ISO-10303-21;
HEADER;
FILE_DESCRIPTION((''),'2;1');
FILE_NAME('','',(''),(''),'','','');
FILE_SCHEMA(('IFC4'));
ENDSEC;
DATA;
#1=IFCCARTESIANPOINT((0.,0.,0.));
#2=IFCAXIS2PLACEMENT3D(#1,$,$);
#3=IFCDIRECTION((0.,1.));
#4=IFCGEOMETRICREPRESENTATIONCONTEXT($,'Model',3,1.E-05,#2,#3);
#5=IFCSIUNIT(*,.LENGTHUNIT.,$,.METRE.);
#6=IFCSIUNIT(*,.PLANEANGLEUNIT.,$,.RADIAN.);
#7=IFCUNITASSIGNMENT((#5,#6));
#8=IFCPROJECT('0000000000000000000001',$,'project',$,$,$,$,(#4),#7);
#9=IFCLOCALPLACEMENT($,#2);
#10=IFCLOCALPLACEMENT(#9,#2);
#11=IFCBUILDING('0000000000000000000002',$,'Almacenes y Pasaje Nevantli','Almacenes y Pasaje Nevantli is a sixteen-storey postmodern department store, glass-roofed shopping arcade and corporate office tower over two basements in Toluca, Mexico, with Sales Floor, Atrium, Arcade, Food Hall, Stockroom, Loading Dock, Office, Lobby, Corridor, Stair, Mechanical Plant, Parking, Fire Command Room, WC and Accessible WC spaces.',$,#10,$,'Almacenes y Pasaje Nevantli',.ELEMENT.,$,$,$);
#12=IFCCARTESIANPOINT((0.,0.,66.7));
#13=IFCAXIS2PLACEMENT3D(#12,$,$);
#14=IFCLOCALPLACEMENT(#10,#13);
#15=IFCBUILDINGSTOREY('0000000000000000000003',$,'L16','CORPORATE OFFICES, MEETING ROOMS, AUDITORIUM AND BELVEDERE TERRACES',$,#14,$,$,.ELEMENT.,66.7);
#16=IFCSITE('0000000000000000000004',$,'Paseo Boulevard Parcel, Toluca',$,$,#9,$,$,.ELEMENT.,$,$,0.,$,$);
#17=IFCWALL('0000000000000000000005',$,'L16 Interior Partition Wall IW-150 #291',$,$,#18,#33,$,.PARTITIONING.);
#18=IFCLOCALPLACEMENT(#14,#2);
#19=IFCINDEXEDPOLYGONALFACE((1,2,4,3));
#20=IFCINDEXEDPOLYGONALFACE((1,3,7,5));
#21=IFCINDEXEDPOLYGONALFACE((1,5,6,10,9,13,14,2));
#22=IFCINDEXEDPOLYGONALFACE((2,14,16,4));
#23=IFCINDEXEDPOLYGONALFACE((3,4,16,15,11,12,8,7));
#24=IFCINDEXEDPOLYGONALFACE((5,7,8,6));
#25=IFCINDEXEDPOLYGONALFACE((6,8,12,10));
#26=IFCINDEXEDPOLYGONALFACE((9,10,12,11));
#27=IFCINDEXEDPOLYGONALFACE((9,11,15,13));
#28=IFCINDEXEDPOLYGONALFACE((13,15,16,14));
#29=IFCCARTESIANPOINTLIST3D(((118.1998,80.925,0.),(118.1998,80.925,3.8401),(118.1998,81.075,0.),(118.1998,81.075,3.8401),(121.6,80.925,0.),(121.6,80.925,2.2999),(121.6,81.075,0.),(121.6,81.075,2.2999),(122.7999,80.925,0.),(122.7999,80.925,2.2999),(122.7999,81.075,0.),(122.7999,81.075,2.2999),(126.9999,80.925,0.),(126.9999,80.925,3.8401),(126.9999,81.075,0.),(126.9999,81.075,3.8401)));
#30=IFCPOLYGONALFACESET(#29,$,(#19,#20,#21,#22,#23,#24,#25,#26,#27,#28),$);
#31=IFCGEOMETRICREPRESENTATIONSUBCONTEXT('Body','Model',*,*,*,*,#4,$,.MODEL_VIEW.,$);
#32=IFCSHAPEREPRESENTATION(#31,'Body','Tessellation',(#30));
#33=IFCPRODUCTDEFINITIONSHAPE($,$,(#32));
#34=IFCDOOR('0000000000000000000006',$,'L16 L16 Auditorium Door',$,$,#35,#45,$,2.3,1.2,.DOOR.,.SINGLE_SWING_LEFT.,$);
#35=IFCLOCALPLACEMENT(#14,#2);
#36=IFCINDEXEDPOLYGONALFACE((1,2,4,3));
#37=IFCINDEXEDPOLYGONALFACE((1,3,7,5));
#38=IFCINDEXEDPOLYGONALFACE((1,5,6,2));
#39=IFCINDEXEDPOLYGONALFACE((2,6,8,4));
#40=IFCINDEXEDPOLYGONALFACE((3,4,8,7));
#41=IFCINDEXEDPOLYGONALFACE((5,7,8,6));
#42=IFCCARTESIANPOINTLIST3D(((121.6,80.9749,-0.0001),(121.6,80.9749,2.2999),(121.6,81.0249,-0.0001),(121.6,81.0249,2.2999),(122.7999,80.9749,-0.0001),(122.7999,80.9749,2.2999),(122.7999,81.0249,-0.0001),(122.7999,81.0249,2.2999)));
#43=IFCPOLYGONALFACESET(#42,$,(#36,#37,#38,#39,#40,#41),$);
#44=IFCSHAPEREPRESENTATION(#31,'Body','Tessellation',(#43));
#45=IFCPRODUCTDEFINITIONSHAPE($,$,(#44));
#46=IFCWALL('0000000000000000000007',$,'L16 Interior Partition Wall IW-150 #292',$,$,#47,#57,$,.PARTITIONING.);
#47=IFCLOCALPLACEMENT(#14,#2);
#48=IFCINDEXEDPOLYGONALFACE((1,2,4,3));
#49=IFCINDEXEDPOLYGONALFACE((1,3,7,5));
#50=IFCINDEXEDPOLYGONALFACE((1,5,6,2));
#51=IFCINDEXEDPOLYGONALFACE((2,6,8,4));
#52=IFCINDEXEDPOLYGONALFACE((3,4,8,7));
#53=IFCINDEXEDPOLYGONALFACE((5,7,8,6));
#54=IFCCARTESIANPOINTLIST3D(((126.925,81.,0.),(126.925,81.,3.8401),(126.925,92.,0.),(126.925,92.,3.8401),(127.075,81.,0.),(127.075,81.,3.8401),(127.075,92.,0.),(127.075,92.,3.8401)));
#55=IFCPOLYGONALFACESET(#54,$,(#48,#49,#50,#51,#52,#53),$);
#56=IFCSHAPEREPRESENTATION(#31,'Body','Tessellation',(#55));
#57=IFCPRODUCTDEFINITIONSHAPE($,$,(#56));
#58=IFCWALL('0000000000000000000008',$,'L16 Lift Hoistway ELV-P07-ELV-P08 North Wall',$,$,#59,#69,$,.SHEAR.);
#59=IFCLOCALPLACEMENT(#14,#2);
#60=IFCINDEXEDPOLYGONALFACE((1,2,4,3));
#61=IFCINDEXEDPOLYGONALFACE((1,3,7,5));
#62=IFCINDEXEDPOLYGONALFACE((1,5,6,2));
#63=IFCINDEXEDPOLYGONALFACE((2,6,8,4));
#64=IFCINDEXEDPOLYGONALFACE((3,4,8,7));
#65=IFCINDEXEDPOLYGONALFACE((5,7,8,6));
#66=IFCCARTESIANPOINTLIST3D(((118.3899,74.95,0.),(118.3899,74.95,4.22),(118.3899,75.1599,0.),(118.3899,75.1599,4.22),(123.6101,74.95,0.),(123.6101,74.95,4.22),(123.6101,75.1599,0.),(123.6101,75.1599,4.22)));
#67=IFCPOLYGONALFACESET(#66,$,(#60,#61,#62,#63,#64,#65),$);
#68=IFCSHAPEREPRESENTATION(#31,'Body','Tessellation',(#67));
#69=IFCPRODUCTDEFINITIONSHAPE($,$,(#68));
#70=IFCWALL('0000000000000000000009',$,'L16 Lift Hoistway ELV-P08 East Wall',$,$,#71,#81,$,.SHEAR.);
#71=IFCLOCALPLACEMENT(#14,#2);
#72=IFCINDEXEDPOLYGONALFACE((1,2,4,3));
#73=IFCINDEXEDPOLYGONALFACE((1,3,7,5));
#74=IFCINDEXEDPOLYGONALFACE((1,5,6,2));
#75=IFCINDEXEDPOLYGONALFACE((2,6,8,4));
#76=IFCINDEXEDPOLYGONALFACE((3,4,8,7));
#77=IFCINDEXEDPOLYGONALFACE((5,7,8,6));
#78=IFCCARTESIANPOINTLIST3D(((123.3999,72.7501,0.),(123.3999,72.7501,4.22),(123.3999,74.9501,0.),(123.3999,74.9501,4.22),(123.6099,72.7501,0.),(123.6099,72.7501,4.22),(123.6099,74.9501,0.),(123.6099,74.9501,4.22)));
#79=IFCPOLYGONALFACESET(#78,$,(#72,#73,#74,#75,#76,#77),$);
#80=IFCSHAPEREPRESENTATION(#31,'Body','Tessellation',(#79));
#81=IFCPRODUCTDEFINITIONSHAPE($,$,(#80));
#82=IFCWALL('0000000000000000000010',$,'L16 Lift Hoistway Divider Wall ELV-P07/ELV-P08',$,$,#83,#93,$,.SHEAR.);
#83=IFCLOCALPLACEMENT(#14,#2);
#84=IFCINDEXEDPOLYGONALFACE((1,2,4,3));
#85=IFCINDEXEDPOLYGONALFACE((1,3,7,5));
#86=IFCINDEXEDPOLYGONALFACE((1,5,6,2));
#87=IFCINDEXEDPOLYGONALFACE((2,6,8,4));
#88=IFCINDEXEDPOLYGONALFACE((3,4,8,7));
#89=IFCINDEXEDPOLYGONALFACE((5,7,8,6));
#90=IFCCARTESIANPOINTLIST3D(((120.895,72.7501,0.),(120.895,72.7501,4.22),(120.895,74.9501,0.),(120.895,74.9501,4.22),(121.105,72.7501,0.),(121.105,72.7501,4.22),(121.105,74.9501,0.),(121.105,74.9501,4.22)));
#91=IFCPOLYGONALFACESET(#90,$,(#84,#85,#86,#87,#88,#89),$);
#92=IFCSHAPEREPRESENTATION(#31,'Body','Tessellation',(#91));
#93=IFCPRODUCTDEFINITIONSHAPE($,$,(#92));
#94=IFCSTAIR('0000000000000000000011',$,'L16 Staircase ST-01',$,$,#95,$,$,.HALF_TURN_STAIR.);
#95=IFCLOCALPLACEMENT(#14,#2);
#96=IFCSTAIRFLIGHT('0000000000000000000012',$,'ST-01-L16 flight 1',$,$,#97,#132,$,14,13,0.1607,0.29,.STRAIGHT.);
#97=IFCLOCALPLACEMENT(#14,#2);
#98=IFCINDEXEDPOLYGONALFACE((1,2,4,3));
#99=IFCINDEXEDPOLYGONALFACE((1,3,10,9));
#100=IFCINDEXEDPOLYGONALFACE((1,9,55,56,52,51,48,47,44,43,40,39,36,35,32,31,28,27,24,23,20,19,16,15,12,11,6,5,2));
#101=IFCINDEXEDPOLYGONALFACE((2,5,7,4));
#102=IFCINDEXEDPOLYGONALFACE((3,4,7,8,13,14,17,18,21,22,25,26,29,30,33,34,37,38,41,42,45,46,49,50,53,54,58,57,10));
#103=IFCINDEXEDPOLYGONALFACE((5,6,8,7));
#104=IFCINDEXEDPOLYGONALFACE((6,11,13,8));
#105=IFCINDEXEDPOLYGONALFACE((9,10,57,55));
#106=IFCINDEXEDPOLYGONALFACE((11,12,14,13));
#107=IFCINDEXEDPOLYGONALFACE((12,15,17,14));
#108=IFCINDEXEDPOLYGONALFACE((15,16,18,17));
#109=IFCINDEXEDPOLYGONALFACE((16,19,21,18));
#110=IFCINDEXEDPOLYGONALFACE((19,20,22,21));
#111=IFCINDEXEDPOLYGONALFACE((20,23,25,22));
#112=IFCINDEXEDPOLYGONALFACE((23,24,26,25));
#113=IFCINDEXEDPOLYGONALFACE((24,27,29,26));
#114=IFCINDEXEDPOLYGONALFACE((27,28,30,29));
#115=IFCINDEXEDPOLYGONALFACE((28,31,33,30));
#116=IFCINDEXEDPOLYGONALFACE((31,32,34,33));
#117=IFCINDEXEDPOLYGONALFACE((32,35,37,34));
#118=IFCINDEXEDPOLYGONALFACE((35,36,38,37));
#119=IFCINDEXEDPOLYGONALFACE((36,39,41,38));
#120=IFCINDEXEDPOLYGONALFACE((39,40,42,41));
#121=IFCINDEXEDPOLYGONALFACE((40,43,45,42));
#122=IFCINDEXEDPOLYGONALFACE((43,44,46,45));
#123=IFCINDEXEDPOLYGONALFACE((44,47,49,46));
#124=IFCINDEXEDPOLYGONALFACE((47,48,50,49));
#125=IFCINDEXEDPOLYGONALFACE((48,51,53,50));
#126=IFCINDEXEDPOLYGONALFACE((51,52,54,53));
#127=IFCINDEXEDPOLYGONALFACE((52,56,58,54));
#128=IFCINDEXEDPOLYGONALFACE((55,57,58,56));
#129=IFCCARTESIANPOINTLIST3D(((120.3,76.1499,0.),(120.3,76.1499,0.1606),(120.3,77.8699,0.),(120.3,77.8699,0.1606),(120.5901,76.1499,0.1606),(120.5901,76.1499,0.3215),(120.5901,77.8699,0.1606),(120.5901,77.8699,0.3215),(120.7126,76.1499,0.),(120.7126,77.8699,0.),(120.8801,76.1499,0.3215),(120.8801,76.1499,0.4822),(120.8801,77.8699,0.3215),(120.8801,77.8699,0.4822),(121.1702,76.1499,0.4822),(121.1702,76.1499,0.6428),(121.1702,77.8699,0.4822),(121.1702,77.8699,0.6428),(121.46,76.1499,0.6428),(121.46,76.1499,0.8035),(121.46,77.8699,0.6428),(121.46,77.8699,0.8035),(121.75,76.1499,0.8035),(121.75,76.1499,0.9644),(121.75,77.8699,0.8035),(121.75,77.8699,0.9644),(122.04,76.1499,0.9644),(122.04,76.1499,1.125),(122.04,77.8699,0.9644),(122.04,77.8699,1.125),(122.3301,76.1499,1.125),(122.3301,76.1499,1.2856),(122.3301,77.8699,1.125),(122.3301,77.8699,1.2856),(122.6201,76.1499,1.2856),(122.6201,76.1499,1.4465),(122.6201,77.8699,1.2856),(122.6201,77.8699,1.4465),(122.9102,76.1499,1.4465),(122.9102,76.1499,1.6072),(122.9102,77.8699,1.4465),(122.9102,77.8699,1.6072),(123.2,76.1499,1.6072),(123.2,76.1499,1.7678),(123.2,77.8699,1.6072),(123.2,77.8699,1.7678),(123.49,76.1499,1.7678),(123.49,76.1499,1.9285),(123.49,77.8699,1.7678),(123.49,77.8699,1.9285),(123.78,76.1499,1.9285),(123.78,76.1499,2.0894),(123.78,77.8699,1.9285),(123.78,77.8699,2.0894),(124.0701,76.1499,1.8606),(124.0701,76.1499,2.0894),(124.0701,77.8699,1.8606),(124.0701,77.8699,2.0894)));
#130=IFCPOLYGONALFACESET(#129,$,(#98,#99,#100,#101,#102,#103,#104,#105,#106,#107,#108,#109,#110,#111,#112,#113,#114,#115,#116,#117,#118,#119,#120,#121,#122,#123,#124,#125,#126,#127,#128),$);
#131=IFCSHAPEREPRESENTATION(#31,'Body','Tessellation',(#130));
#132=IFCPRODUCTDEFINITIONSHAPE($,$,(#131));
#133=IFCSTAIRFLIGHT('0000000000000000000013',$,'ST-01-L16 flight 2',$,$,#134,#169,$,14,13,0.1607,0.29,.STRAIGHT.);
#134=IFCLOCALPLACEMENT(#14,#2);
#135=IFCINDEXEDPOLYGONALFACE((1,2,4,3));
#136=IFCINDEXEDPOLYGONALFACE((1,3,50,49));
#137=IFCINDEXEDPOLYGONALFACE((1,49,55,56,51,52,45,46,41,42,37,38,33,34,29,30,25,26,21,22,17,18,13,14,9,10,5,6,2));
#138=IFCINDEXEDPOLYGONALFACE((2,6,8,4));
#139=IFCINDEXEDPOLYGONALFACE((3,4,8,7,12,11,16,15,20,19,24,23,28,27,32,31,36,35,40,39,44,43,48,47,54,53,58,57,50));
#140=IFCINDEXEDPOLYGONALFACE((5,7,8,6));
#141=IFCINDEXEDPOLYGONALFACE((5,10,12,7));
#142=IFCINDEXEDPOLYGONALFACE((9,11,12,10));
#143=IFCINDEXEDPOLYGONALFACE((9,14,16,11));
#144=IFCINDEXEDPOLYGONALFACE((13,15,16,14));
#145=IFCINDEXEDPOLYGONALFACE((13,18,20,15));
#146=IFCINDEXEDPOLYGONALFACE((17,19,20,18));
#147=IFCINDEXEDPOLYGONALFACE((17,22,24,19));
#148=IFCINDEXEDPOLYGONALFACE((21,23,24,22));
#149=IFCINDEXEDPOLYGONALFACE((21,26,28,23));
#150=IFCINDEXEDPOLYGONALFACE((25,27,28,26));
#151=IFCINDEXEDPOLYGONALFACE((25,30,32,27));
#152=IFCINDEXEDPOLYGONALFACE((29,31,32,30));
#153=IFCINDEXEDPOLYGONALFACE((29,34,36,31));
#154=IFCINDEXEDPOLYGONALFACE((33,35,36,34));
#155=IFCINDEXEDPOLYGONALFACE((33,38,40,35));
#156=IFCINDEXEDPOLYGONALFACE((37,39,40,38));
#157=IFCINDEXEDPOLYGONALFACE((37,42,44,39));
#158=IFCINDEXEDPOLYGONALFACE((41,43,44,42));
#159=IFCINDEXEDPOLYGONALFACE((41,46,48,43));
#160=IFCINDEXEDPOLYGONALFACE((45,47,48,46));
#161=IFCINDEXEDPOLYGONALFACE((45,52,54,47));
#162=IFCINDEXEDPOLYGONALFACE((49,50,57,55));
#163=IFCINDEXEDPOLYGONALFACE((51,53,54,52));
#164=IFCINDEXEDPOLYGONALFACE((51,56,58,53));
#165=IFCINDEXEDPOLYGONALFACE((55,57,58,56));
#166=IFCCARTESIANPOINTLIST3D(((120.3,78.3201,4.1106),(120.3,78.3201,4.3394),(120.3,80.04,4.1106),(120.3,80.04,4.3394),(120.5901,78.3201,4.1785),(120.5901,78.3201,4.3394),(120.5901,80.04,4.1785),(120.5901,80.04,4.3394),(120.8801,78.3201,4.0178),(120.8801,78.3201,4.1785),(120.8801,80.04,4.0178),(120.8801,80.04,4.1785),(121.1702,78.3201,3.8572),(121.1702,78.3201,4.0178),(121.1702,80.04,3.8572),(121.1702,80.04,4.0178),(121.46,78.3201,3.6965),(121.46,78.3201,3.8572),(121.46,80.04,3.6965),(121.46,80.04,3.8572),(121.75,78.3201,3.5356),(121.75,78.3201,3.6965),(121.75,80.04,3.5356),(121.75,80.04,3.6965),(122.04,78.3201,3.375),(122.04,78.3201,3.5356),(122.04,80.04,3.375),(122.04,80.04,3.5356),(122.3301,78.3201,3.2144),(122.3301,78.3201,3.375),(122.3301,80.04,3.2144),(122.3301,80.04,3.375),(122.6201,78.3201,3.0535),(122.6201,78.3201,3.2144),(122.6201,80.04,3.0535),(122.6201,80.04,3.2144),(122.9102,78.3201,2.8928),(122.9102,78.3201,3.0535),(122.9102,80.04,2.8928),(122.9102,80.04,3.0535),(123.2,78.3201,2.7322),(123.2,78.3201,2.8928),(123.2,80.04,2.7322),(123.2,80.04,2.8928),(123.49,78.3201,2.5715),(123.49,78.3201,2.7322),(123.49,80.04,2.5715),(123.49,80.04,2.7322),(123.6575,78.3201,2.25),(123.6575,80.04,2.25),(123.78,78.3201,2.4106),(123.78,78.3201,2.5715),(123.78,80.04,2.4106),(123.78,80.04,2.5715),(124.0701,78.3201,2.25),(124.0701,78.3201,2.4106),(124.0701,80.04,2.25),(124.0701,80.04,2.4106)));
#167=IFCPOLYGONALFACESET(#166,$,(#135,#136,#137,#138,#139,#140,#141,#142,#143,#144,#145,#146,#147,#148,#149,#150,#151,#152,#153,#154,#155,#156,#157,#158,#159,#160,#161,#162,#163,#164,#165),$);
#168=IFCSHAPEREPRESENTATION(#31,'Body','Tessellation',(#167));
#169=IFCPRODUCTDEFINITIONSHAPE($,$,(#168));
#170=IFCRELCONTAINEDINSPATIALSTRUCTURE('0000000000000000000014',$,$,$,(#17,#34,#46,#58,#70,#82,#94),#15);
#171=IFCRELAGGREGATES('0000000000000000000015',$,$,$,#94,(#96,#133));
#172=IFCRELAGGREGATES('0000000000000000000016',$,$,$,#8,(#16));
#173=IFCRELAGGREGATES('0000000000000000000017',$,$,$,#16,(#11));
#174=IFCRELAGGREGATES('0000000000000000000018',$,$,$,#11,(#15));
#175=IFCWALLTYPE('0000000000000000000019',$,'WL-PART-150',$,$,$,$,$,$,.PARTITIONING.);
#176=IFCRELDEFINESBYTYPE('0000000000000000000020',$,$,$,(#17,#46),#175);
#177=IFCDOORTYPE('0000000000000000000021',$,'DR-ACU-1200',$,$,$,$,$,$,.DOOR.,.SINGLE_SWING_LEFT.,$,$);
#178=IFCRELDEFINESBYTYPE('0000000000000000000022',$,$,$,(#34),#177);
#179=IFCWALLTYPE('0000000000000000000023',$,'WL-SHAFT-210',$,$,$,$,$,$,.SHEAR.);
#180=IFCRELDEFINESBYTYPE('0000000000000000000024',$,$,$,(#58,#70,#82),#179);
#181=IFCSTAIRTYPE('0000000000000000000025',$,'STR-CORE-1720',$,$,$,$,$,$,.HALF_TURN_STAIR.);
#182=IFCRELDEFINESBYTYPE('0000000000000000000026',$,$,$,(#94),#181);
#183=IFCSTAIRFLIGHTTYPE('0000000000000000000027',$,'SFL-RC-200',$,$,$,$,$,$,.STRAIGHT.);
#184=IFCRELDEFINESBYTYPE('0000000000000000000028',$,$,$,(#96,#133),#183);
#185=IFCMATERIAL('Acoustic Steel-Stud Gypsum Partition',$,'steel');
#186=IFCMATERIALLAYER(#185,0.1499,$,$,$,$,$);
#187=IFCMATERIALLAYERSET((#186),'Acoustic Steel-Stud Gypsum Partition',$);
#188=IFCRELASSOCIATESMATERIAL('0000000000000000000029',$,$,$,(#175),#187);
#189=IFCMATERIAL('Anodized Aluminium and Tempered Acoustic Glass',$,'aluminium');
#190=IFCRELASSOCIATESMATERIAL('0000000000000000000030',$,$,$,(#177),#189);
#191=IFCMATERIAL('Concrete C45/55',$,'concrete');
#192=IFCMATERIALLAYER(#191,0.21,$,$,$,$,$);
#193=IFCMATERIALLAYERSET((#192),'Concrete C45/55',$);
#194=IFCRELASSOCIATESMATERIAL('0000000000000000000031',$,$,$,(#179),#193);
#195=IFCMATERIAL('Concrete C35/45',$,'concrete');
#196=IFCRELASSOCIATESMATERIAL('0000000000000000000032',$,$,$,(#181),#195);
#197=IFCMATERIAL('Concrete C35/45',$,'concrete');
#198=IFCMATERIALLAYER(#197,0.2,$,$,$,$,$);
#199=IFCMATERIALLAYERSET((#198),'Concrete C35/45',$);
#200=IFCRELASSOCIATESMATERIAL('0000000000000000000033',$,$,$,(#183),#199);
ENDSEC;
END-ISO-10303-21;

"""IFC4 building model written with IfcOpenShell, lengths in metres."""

from ifc_helpers import new_model, si_unit, direction, frame, frame_2d, origin, place, context, subcontext, project, spatial, polyline, rectangle, outline, extrude, material, layer, layer_set, type_object, element, fill, aggregate, save


model = new_model("IFC4")

# Units and contexts
model_context = context("Model", 3, precision=1e-05, world=origin(), true_north=direction((0.0, 1.0)))
body_context = subcontext(model_context, "Body", "Model", "MODEL_VIEW")
ifc_project = project(units=[si_unit("LENGTHUNIT", "METRE"), si_unit("PLANEANGLEUNIT", "RADIAN")], contexts=[model_context])

# Site, building, storey
site_placement = place(None, origin())
site = spatial("IfcSite", under=ifc_project, at=site_placement, Name="Paseo Boulevard Parcel, Toluca", CompositionType="ELEMENT", RefElevation=0.0)
building_placement = place(site_placement, origin())
building = spatial("IfcBuilding", under=site, at=building_placement, Name="Almacenes y Pasaje Nevantli", Description="Almacenes y Pasaje Nevantli is a sixteen-storey postmodern department store, glass-roofed shopping arcade and corporate office tower over two basements in Toluca, Mexico, with Sales Floor, Atrium, Arcade, Food Hall, Stockroom, Loading Dock, Office, Lobby, Corridor, Stair, Mechanical Plant, Parking, Fire Command Room, WC and Accessible WC spaces.", LongName="Almacenes y Pasaje Nevantli", CompositionType="ELEMENT")
storey_placement = place(building_placement, frame((0.0, 0.0, 66.7)))
storey = spatial("IfcBuildingStorey", under=building, at=storey_placement, Name="L16", Description="CORPORATE OFFICES, MEETING ROOMS, AUDITORIUM AND BELVEDERE TERRACES", CompositionType="ELEMENT", Elevation=66.7)

# Wall, opening, door
ifc_material_1 = material(Name="Acoustic Steel-Stud Gypsum Partition", Category="steel")
ifc_layer_1 = layer(ifc_material_1, 0.1499)
ifc_layer_set_1 = layer_set([ifc_layer_1], Name="Acoustic Steel-Stud Gypsum Partition")
wall_type_1 = type_object("IfcWallType", Name="WL-PART-150", PredefinedType="PARTITIONING", material=ifc_layer_set_1)
wall_1_placement = place(storey_placement, frame((118.2, 81.0, 0.0), z_axis=(0.0, 0.0, 1.0), x_axis=(1.0, 0.0, 0.0)))
wall_1 = element("IfcWall", 1, at=wall_1_placement, inside=storey, type_object=wall_type_1, Name="L16 Interior Partition Wall IW-150 #291", PredefinedType="PARTITIONING", context=body_context, shape_type="SweptSolid", body=[
    extrude(rectangle(XDim=8.8, YDim=0.1499, at=frame_2d((4.3999, 0.0))), origin(), (0.0, 0.0, 1.0), 3.8401),
])
opening_1_placement = place(wall_1_placement, frame((3.3999, 0.0, 0.0)))
opening_1 = element("IfcOpeningElement", 2, at=opening_1_placement, cuts=wall_1, PredefinedType="OPENING", context=body_context, shape_type="SweptSolid", body=[
    extrude(rectangle(XDim=1.2, YDim=2.3, at=frame_2d((0.6001, 1.1499))), frame((0.0, 0.085, 0.0), z_axis=(0.0, -1.0, 0.0), x_axis=(1.0, 0.0, 0.0)), (0.0, 0.0, 1.0), 0.1699),
])
ifc_material_2 = material(Name="Anodized Aluminium and Tempered Acoustic Glass", Category="aluminium")
door_type = type_object("IfcDoorType", Name="DR-ACU-1200", OperationType="SINGLE_SWING_LEFT", PredefinedType="DOOR", material=ifc_material_2)
door_placement = place(opening_1_placement, origin())
door = element("IfcDoor", 3, at=door_placement, inside=storey, type_object=door_type, Name="L16 L16 Auditorium Door", OperationType="SINGLE_SWING_LEFT", OverallHeight=2.3, OverallWidth=1.2, PredefinedType="DOOR", context=body_context, shape_type="SweptSolid", body=[
    extrude(rectangle(XDim=1.2, YDim=2.3, at=frame_2d((0.6001, 1.1499))), frame((0.0, 0.0249, 0.0), z_axis=(0.0, -1.0, 0.0), x_axis=(1.0, 0.0, 0.0)), (0.0, 0.0, 1.0), 0.05),
])
fill(opening_1, door)

# Walls
wall_2_placement = place(storey_placement, frame((127.0, 81.0, 0.0), z_axis=(0.0, 0.0, 1.0), x_axis=(0.0, 1.0, 0.0)))
element("IfcWall", 4, at=wall_2_placement, inside=storey, type_object=wall_type_1, Name="L16 Interior Partition Wall IW-150 #292", PredefinedType="PARTITIONING", context=body_context, shape_type="SweptSolid", body=[
    extrude(rectangle(XDim=11.0, YDim=0.1499, at=frame_2d((5.5, 0.0))), origin(), (0.0, 0.0, 1.0), 3.8401),
])
ifc_material_3 = material(Name="Concrete C45/55", Category="concrete")
ifc_layer_2 = layer(ifc_material_3, 0.21)
ifc_layer_set_2 = layer_set([ifc_layer_2], Name="Concrete C45/55")
wall_type_2 = type_object("IfcWallType", Name="WL-SHAFT-210", PredefinedType="SHEAR", material=ifc_layer_set_2)
wall_3_placement = place(storey_placement, frame((118.3899, 75.0549, 0.0), z_axis=(0.0, 0.0, 1.0), x_axis=(1.0, 0.0, 0.0)))
element("IfcWall", 5, at=wall_3_placement, inside=storey, type_object=wall_type_2, Name="L16 Lift Hoistway ELV-P07-ELV-P08 North Wall", PredefinedType="SHEAR", context=body_context, shape_type="SweptSolid", body=[
    extrude(rectangle(XDim=5.2202, YDim=0.21, at=frame_2d((2.6101, 0.0))), origin(), (0.0, 0.0, 1.0), 4.22),
])
for number, where, z_axis, x_axis, name in (
    (6, (123.5049, 72.75, 0.0), (0.0, 0.0, 1.0), (0.0, 1.0, 0.0), "L16 Lift Hoistway ELV-P08 East Wall"),
    (7, (121.0, 72.75, 0.0), (0.0, 0.0, 1.0), (0.0, 1.0, 0.0), "L16 Lift Hoistway Divider Wall ELV-P07/ELV-P08"),
):
    element("IfcWall", number, at=place(storey_placement, frame(where, z_axis=z_axis, x_axis=x_axis)), inside=storey, type_object=wall_type_2, Name=name, PredefinedType="SHEAR", context=body_context, shape_type="SweptSolid", body=[
        extrude(rectangle(XDim=2.2, YDim=0.21, at=frame_2d((1.1001, 0.0))), origin(), (0.0, 0.0, 1.0), 4.22),
    ])

# Stair, stair flights
ifc_material_4 = material(Name="Concrete C35/45", Category="concrete")
stair_type = type_object("IfcStairType", Name="STR-CORE-1720", PredefinedType="HALF_TURN_STAIR", material=ifc_material_4)
stair_placement = place(storey_placement, origin())
stair = element("IfcStair", 8, at=stair_placement, inside=storey, type_object=stair_type, Name="L16 Staircase ST-01", PredefinedType="HALF_TURN_STAIR")
ifc_material_5 = material(Name="Concrete C35/45", Category="concrete")
ifc_layer_3 = layer(ifc_material_5, 0.2)
ifc_layer_set_3 = layer_set([ifc_layer_3], Name="Concrete C35/45")
stair_flight_type = type_object("IfcStairFlightType", Name="SFL-RC-200", PredefinedType="STRAIGHT", material=ifc_layer_set_3)
stair_flight_1_placement = place(storey_placement, frame((120.3, 77.01, 0.0), z_axis=(0.0, 0.0, 1.0), x_axis=(1.0, 0.0, 0.0)))
stair_flight_1 = element("IfcStairFlight", 9, at=stair_flight_1_placement, type_object=stair_flight_type, Name="ST-01-L16 flight 1", NumberOfRisers=14, NumberOfTreads=13, PredefinedType="STRAIGHT", RiserHeight=0.1607, TreadLength=0.29, context=body_context, shape_type="SweptSolid", body=[
    extrude(outline(polyline([(0.0, 0.0), (0.0, 0.1606), (0.29, 0.1606), (0.29, 0.3215), (0.5801, 0.3215), (0.5801, 0.4822), (0.8701, 0.4822), (0.8701, 0.6428), (1.1599, 0.6428), (1.1599, 0.8035), (1.45, 0.8035), (1.45, 0.9644), (1.74, 0.9644), (1.74, 1.125), (2.03, 1.125), (2.03, 1.2856), (2.3201, 1.2856), (2.3201, 1.4465), (2.6101, 1.4465), (2.6101, 1.6072), (2.8999, 1.6072), (2.8999, 1.7678), (3.1899, 1.7678), (3.1899, 1.9285), (3.48, 1.9285), (3.48, 2.0894), (3.77, 2.0894), (3.77, 2.25), (3.77, 1.8606), (0.4126, 0.0), (0.0, 0.0)])), frame((0.0, 0.8599, 0.0), z_axis=(0.0, -1.0, 0.0), x_axis=(1.0, 0.0, 0.0)), (0.0, 0.0, 1.0), 1.72),
])
stair_flight_2_placement = place(storey_placement, frame((124.0701, 79.1799, 2.25), z_axis=(0.0, 0.0, 1.0), x_axis=(-1.0, 0.0, 0.0)))
stair_flight_2 = element("IfcStairFlight", 10, at=stair_flight_2_placement, type_object=stair_flight_type, Name="ST-01-L16 flight 2", NumberOfRisers=14, NumberOfTreads=13, PredefinedType="STRAIGHT", RiserHeight=0.1607, TreadLength=0.29, context=body_context, shape_type="SweptSolid", body=[
    extrude(outline(polyline([(0.0, 0.0), (0.0, 0.1606), (0.29, 0.1606), (0.29, 0.3215), (0.5801, 0.3215), (0.5801, 0.4822), (0.8701, 0.4822), (0.8701, 0.6428), (1.1599, 0.6428), (1.1599, 0.8035), (1.45, 0.8035), (1.45, 0.9644), (1.74, 0.9644), (1.74, 1.125), (2.03, 1.125), (2.03, 1.2856), (2.3201, 1.2856), (2.3201, 1.4465), (2.6101, 1.4465), (2.6101, 1.6072), (2.8999, 1.6072), (2.8999, 1.7678), (3.1899, 1.7678), (3.1899, 1.9285), (3.48, 1.9285), (3.48, 2.0894), (3.77, 2.0894), (3.77, 2.25), (3.77, 1.8606), (0.4126, 0.0), (0.0, 0.0)])), frame((0.0, 0.8599, 0.0), z_axis=(0.0, -1.0, 0.0), x_axis=(1.0, 0.0, 0.0)), (0.0, 0.0, 1.0), 1.72),
])
aggregate(stair, [stair_flight_1, stair_flight_2])

save(model, "model.ifc")
